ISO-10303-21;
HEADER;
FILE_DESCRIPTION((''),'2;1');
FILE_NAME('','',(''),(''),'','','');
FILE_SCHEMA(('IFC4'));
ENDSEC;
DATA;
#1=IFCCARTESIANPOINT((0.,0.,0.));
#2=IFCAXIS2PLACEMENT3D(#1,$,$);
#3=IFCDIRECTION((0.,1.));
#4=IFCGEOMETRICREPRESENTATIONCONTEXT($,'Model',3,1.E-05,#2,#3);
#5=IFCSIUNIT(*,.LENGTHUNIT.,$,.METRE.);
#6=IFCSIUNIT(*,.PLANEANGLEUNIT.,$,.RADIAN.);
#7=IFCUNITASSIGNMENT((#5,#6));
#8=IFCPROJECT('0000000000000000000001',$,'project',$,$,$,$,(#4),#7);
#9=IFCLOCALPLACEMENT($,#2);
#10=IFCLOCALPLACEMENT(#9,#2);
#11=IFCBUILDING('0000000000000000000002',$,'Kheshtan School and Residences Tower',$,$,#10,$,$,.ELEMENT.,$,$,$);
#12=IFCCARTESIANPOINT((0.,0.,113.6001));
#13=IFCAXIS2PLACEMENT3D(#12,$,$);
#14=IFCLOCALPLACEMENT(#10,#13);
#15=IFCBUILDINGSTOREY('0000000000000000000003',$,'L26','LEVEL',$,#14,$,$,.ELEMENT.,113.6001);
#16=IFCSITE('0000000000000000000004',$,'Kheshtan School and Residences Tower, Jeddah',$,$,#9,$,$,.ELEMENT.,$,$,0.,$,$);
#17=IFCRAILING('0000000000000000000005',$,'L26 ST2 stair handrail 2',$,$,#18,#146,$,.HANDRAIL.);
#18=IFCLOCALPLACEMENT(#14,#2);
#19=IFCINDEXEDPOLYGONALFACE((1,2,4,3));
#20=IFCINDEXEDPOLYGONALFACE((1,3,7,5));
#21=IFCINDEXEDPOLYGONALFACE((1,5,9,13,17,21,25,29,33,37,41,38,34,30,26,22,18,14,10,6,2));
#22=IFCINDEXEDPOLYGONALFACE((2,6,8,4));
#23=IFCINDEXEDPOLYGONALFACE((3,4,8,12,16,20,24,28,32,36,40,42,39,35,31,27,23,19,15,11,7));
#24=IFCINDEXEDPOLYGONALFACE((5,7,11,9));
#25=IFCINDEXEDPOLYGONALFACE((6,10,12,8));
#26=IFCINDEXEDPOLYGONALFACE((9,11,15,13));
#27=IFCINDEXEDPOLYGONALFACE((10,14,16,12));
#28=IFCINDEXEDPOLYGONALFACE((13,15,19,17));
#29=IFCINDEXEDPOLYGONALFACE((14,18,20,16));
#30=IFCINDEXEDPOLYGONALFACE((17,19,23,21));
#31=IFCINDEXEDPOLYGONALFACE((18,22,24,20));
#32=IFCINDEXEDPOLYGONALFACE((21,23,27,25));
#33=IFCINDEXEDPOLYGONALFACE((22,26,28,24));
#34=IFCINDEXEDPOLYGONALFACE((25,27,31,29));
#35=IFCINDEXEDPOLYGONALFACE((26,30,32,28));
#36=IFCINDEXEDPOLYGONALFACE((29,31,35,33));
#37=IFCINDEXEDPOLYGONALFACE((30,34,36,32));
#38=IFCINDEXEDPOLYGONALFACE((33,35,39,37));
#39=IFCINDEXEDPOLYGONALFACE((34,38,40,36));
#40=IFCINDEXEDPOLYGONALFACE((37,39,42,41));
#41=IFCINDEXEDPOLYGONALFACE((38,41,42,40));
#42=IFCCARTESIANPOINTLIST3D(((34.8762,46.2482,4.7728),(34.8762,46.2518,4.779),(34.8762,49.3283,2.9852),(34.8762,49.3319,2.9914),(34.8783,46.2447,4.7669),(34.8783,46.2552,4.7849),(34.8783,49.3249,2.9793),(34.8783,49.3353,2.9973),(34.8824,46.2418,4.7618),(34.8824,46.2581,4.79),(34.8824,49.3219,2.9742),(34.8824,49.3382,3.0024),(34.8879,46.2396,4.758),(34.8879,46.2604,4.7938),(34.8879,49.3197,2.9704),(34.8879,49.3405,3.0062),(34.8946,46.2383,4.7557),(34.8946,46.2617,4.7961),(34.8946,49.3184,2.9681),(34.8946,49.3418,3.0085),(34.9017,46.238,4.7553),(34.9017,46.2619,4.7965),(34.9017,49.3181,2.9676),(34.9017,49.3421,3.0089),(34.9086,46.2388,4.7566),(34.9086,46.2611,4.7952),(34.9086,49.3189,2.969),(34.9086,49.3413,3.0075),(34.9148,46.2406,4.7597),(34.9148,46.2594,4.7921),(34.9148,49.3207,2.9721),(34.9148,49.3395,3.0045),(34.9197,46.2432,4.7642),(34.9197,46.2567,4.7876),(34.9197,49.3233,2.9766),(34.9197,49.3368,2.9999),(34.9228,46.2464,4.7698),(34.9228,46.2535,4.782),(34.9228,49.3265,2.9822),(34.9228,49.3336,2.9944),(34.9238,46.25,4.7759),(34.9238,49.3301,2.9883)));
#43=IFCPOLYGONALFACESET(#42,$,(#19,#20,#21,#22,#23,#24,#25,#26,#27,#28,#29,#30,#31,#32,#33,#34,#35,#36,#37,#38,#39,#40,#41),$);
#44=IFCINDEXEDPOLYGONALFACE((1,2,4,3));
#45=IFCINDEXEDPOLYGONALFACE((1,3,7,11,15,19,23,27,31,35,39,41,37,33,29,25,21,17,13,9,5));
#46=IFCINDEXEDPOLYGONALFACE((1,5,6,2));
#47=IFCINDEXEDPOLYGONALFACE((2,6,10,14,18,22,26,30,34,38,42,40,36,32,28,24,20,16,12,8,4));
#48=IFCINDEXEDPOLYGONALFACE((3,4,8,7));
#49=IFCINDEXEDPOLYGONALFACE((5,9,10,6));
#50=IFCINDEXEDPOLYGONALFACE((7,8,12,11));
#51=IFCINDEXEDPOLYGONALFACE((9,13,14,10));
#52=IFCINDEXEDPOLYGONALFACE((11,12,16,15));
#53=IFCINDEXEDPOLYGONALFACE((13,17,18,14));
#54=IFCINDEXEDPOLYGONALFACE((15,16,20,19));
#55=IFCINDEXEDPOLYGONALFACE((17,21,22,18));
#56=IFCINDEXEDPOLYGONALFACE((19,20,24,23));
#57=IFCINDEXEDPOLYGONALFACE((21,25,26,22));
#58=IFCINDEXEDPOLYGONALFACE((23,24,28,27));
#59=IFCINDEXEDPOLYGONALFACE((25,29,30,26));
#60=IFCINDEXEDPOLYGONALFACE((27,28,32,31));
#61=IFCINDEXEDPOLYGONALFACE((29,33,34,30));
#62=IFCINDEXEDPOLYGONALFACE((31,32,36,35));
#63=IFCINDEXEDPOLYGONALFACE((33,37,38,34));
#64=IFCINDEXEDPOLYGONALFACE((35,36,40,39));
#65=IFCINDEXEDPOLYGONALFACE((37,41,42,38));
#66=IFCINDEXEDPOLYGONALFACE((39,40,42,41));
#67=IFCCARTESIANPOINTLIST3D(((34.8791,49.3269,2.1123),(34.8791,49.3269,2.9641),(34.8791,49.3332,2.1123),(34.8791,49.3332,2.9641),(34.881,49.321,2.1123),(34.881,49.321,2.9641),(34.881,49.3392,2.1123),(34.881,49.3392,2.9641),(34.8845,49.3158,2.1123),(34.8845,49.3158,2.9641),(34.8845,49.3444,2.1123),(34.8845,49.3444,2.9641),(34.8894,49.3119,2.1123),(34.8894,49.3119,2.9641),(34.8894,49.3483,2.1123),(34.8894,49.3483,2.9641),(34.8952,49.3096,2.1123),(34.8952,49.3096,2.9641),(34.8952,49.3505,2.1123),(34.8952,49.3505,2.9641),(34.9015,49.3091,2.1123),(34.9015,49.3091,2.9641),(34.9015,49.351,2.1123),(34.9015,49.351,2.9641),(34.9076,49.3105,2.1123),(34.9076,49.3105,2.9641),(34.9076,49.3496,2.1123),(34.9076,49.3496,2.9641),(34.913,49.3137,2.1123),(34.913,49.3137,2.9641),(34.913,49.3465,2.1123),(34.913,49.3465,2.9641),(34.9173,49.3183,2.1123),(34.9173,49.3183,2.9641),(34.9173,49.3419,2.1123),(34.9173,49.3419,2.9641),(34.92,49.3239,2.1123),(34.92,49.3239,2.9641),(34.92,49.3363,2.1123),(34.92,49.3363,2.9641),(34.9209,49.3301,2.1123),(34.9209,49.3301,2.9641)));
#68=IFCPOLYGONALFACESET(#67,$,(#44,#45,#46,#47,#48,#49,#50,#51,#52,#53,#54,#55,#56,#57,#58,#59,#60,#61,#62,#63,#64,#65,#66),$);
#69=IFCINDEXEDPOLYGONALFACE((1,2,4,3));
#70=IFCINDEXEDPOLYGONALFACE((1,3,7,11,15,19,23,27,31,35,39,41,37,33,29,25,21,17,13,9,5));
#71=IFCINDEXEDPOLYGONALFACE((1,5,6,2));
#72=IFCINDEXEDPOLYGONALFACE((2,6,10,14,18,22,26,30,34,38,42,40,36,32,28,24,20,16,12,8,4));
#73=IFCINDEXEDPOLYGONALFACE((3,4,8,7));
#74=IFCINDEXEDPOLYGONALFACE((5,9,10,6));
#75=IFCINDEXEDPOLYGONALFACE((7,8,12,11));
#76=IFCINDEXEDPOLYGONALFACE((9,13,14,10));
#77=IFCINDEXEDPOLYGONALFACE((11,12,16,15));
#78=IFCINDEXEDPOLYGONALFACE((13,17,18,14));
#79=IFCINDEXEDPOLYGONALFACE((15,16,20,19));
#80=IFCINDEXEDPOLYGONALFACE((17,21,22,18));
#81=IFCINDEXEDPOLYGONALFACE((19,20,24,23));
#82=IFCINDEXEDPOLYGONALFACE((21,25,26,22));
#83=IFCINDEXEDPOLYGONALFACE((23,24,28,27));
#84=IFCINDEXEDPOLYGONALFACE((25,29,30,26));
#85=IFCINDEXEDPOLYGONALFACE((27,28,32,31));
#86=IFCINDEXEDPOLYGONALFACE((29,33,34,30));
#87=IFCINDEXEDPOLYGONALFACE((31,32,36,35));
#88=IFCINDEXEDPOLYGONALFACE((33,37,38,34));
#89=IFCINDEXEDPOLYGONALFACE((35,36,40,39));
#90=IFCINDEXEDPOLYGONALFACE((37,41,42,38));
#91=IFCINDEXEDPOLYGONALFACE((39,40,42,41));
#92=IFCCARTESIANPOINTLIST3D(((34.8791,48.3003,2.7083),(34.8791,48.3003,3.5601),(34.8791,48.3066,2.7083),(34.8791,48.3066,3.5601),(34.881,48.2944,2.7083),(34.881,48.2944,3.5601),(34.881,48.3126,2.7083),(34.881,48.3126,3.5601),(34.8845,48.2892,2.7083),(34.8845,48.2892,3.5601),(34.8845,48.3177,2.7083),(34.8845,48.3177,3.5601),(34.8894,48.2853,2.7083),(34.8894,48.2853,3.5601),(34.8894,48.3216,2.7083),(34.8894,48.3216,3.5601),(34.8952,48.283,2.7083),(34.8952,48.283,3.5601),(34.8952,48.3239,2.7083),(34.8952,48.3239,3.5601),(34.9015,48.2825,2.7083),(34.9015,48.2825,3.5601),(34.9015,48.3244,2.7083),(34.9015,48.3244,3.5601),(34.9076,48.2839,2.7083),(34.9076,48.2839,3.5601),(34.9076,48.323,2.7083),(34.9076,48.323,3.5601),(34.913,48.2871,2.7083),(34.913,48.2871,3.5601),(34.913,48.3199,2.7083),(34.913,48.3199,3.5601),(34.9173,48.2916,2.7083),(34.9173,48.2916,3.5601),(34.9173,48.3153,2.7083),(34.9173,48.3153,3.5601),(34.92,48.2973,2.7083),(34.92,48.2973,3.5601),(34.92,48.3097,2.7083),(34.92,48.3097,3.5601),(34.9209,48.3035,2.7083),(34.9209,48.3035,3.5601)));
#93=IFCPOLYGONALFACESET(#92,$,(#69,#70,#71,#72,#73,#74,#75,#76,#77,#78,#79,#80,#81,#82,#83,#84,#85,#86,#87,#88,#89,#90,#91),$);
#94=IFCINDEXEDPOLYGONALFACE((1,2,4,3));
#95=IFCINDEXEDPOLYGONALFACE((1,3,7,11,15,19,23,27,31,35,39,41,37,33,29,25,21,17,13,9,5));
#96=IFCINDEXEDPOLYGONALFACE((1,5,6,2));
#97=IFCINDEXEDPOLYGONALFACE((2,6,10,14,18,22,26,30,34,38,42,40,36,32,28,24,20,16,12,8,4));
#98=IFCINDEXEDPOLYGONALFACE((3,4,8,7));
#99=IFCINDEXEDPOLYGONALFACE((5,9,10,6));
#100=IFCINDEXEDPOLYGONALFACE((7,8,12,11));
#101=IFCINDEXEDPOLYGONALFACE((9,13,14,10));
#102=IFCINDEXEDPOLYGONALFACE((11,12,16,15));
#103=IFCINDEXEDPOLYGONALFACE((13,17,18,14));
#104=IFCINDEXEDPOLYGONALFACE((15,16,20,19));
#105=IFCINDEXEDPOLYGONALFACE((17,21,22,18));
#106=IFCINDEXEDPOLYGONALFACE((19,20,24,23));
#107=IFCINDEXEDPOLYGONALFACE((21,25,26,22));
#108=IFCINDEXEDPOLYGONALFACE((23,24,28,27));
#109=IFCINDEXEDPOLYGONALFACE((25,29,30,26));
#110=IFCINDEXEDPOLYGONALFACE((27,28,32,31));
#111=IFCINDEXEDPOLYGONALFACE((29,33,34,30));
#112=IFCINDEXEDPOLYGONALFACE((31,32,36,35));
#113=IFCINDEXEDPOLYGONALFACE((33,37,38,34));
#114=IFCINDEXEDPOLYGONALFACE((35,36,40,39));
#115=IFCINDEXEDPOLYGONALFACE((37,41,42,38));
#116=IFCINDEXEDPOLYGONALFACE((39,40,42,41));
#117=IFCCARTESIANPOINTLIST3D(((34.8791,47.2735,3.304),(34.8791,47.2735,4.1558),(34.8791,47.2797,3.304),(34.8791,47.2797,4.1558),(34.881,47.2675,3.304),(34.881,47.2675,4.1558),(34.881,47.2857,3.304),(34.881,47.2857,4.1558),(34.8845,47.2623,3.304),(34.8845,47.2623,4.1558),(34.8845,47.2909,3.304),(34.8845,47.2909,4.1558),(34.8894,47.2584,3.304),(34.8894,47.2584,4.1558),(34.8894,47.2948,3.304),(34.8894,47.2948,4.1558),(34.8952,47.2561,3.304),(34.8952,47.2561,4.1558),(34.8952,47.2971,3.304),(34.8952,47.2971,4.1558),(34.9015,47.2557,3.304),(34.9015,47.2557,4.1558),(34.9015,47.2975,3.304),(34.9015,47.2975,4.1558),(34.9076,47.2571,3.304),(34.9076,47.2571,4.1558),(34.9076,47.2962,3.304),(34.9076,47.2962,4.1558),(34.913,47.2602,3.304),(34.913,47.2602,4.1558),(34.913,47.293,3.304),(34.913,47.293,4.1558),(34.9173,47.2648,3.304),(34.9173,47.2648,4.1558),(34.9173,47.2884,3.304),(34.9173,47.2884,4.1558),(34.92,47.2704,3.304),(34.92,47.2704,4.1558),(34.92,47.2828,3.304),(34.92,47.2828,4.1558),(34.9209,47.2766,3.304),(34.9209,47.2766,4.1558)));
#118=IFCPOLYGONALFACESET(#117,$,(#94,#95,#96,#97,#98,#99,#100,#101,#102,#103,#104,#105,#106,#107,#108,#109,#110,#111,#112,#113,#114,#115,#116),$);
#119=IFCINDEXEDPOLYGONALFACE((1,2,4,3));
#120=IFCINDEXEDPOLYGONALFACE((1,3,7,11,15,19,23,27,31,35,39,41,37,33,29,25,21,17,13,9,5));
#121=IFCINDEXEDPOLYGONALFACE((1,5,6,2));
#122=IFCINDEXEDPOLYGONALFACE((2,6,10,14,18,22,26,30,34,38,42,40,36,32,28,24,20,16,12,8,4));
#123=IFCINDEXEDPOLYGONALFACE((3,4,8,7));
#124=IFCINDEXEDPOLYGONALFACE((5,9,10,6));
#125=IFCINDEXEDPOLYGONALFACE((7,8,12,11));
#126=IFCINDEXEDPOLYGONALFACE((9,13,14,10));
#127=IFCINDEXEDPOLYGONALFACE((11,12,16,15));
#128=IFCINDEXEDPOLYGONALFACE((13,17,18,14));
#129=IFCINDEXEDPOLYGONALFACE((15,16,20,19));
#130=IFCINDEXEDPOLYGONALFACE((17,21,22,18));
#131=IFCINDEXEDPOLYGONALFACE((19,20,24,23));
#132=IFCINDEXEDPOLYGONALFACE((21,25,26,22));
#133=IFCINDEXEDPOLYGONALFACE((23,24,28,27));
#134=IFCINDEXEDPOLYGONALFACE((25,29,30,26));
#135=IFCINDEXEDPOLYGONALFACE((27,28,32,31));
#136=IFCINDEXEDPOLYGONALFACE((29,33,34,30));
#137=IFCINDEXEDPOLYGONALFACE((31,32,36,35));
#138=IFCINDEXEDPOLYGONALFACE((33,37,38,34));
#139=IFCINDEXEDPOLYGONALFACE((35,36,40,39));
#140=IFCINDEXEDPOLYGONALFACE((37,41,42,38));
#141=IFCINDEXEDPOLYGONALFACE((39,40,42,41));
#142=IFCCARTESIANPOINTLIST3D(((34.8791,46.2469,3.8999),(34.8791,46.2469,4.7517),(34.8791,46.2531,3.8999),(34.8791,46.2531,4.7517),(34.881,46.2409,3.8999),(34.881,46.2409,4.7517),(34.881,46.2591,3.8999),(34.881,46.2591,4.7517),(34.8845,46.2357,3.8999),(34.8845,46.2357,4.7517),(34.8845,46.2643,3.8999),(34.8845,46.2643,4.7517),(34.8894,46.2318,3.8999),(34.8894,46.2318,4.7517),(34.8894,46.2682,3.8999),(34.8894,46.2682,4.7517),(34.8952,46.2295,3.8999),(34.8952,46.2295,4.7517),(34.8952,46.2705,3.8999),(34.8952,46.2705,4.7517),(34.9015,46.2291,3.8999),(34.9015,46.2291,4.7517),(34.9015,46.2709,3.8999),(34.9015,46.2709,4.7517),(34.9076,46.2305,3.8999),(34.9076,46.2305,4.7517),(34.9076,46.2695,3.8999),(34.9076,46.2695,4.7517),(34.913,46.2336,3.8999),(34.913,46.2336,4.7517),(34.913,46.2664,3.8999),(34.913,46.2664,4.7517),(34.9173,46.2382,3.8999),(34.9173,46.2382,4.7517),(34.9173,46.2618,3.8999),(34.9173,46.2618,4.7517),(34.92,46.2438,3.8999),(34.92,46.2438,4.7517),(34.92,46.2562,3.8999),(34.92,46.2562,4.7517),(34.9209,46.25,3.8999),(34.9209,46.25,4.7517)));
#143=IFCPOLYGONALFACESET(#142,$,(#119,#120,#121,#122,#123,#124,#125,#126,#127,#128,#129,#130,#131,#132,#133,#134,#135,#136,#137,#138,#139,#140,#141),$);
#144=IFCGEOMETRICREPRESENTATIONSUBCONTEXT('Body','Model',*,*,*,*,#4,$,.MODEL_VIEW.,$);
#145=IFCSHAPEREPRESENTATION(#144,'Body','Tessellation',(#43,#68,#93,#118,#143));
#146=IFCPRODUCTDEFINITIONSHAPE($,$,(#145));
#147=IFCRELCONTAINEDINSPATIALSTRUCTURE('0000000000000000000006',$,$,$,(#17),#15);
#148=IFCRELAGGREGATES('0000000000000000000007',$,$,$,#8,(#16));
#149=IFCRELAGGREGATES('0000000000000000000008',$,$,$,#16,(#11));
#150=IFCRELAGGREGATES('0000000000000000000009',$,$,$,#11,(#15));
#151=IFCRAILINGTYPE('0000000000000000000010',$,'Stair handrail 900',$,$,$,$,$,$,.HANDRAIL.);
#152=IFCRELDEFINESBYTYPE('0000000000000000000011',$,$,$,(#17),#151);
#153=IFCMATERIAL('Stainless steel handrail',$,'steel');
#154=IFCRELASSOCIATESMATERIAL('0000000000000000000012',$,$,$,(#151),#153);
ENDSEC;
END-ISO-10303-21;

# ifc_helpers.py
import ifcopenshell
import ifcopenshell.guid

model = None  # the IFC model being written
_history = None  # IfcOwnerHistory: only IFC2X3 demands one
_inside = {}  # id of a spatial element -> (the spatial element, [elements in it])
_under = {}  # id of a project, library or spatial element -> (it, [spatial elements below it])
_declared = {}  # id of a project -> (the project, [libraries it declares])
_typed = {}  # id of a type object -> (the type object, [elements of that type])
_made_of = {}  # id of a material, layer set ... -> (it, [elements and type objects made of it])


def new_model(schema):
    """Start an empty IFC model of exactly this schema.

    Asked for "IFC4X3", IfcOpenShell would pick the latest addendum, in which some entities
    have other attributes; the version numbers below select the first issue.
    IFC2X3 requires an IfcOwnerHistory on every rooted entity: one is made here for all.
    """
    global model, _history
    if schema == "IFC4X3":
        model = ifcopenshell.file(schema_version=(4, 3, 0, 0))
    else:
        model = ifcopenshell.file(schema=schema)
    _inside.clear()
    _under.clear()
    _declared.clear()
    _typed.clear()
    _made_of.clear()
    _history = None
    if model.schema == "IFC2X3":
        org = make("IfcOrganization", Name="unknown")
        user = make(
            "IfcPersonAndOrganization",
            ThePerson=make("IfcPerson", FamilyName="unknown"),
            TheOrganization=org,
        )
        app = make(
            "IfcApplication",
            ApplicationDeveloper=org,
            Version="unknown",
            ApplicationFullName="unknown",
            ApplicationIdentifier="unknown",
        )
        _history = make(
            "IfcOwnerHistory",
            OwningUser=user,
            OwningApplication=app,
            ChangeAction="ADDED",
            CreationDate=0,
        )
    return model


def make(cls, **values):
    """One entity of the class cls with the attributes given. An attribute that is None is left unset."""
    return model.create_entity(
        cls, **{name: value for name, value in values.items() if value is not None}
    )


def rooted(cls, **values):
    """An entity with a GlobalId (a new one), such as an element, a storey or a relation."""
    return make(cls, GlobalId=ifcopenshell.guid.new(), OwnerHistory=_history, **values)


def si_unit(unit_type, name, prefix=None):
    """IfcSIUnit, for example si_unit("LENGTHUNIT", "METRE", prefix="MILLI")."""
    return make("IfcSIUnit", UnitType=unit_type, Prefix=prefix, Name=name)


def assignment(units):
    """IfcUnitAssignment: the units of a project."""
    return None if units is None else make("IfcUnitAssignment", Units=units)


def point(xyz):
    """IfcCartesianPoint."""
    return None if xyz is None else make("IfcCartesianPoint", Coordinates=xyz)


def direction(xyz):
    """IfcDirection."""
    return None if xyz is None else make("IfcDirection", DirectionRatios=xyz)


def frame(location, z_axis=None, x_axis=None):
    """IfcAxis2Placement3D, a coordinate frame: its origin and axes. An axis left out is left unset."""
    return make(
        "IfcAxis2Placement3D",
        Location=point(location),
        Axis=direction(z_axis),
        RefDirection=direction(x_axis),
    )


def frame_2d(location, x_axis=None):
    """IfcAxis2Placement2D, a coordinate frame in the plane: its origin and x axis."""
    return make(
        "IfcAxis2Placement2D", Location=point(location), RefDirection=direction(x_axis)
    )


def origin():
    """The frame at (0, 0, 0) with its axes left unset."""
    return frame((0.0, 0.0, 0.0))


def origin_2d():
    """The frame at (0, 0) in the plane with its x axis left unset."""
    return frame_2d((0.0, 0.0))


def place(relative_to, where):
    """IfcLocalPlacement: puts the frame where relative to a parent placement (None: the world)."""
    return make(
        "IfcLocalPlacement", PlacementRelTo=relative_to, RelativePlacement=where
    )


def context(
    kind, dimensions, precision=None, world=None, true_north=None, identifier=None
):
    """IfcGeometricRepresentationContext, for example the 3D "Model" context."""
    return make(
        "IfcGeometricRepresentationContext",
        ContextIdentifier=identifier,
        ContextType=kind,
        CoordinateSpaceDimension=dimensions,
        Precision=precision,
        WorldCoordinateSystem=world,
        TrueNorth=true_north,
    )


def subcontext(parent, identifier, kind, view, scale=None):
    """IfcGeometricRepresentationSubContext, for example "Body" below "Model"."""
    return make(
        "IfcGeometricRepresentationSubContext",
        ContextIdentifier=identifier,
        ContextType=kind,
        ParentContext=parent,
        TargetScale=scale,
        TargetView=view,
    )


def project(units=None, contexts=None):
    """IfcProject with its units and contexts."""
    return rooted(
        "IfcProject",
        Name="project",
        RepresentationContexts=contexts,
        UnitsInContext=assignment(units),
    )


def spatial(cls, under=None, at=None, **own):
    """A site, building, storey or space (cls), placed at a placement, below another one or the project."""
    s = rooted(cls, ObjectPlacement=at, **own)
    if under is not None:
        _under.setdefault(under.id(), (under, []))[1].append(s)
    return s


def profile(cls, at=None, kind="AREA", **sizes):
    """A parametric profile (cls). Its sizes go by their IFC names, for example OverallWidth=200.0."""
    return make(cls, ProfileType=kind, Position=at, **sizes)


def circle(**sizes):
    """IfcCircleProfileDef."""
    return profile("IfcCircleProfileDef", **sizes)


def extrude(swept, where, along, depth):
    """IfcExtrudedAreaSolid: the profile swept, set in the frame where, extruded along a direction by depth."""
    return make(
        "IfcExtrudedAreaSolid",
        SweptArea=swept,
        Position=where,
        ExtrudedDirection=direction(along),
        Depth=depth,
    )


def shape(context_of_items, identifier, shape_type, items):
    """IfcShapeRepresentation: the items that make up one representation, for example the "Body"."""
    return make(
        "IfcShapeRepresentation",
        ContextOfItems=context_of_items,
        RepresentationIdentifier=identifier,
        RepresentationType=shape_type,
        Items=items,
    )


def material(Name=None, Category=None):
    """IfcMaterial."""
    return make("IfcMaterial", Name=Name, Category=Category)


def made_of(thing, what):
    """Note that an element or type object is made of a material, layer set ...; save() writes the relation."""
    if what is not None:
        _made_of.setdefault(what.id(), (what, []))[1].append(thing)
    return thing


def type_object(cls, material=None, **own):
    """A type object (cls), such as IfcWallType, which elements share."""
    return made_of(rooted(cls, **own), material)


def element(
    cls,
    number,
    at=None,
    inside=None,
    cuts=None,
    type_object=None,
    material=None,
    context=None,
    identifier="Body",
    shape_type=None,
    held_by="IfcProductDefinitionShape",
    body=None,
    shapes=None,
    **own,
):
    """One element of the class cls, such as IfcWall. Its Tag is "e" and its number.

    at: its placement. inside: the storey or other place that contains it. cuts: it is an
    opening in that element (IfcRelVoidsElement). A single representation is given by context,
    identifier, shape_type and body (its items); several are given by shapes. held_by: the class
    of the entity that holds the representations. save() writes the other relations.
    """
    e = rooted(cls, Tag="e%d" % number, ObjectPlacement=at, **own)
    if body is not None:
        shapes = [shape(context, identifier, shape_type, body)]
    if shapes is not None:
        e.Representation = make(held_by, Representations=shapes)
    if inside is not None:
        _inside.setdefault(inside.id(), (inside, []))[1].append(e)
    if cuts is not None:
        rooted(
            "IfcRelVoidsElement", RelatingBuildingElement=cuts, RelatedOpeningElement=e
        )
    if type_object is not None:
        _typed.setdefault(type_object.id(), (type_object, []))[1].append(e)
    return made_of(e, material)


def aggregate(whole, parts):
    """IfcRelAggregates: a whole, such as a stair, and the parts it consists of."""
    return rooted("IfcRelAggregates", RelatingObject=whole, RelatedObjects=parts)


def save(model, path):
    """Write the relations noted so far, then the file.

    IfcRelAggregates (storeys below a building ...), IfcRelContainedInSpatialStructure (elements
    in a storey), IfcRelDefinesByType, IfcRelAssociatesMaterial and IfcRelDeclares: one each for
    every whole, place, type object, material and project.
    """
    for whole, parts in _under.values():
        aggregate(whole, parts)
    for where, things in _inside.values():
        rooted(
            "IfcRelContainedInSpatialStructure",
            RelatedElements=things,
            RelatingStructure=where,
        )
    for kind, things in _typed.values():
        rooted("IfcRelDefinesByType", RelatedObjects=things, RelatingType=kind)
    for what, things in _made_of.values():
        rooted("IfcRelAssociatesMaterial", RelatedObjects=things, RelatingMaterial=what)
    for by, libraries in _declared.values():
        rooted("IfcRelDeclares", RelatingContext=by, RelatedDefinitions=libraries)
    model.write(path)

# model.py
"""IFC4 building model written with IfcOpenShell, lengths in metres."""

from ifc_helpers import new_model, si_unit, direction, frame, origin, origin_2d, place, context, subcontext, project, spatial, circle, extrude, material, type_object, element, save


model = new_model("IFC4")

# Units and contexts
model_context = context("Model", 3, precision=1e-05, world=origin(), true_north=direction((0.0, 1.0)))
body_context = subcontext(model_context, "Body", "Model", "MODEL_VIEW")
ifc_project = project(units=[si_unit("LENGTHUNIT", "METRE"), si_unit("PLANEANGLEUNIT", "RADIAN")], contexts=[model_context])

# Site, building, storey
site_placement = place(None, origin())
site = spatial("IfcSite", under=ifc_project, at=site_placement, Name="Kheshtan School and Residences Tower, Jeddah", CompositionType="ELEMENT", RefElevation=0.0)
building_placement = place(site_placement, origin())
building = spatial("IfcBuilding", under=site, at=building_placement, Name="Kheshtan School and Residences Tower", CompositionType="ELEMENT")
storey_placement = place(building_placement, frame((0.0, 0.0, 113.6001)))
storey = spatial("IfcBuildingStorey", under=building, at=storey_placement, Name="L26", Description="LEVEL", CompositionType="ELEMENT", Elevation=113.6001)

# Railing
ifc_material_1 = material(Name="Stainless steel handrail", Category="steel")
railing_type_1 = type_object("IfcRailingType", Name="Stair handrail 900", PredefinedType="HANDRAIL", material=ifc_material_1)
railing_1_placement = place(storey_placement, frame((34.8999, 49.3301, 2.1123)))
element("IfcRailing", 1, at=railing_1_placement, inside=storey, type_object=railing_type_1, Name="L26 ST2 stair handrail 2", PredefinedType="HANDRAIL", context=body_context, shape_type="SweptSolid", body=[
    extrude(circle(Radius=0.0239, at=origin_2d()), frame((0.0, 0.0, 0.876), z_axis=(0.0, -0.864891, 0.50196), x_axis=(1.0, 0.0, 0.0)), (0.0, 0.0, 1.0), 3.5613),
    extrude(circle(Radius=0.021, at=origin_2d()), origin(), (0.0, 0.0, 1.0), 0.8518),
    extrude(circle(Radius=0.021, at=origin_2d()), frame((0.0, -1.0266, 0.5959)), (0.0, 0.0, 1.0), 0.8518),
    extrude(circle(Radius=0.021, at=origin_2d()), frame((0.0, -2.0535, 1.1917)), (0.0, 0.0, 1.0), 0.8518),
    extrude(circle(Radius=0.021, at=origin_2d()), frame((0.0, -3.0801, 1.7876)), (0.0, 0.0, 1.0), 0.8518),
])

save(model, "model.ifc")
